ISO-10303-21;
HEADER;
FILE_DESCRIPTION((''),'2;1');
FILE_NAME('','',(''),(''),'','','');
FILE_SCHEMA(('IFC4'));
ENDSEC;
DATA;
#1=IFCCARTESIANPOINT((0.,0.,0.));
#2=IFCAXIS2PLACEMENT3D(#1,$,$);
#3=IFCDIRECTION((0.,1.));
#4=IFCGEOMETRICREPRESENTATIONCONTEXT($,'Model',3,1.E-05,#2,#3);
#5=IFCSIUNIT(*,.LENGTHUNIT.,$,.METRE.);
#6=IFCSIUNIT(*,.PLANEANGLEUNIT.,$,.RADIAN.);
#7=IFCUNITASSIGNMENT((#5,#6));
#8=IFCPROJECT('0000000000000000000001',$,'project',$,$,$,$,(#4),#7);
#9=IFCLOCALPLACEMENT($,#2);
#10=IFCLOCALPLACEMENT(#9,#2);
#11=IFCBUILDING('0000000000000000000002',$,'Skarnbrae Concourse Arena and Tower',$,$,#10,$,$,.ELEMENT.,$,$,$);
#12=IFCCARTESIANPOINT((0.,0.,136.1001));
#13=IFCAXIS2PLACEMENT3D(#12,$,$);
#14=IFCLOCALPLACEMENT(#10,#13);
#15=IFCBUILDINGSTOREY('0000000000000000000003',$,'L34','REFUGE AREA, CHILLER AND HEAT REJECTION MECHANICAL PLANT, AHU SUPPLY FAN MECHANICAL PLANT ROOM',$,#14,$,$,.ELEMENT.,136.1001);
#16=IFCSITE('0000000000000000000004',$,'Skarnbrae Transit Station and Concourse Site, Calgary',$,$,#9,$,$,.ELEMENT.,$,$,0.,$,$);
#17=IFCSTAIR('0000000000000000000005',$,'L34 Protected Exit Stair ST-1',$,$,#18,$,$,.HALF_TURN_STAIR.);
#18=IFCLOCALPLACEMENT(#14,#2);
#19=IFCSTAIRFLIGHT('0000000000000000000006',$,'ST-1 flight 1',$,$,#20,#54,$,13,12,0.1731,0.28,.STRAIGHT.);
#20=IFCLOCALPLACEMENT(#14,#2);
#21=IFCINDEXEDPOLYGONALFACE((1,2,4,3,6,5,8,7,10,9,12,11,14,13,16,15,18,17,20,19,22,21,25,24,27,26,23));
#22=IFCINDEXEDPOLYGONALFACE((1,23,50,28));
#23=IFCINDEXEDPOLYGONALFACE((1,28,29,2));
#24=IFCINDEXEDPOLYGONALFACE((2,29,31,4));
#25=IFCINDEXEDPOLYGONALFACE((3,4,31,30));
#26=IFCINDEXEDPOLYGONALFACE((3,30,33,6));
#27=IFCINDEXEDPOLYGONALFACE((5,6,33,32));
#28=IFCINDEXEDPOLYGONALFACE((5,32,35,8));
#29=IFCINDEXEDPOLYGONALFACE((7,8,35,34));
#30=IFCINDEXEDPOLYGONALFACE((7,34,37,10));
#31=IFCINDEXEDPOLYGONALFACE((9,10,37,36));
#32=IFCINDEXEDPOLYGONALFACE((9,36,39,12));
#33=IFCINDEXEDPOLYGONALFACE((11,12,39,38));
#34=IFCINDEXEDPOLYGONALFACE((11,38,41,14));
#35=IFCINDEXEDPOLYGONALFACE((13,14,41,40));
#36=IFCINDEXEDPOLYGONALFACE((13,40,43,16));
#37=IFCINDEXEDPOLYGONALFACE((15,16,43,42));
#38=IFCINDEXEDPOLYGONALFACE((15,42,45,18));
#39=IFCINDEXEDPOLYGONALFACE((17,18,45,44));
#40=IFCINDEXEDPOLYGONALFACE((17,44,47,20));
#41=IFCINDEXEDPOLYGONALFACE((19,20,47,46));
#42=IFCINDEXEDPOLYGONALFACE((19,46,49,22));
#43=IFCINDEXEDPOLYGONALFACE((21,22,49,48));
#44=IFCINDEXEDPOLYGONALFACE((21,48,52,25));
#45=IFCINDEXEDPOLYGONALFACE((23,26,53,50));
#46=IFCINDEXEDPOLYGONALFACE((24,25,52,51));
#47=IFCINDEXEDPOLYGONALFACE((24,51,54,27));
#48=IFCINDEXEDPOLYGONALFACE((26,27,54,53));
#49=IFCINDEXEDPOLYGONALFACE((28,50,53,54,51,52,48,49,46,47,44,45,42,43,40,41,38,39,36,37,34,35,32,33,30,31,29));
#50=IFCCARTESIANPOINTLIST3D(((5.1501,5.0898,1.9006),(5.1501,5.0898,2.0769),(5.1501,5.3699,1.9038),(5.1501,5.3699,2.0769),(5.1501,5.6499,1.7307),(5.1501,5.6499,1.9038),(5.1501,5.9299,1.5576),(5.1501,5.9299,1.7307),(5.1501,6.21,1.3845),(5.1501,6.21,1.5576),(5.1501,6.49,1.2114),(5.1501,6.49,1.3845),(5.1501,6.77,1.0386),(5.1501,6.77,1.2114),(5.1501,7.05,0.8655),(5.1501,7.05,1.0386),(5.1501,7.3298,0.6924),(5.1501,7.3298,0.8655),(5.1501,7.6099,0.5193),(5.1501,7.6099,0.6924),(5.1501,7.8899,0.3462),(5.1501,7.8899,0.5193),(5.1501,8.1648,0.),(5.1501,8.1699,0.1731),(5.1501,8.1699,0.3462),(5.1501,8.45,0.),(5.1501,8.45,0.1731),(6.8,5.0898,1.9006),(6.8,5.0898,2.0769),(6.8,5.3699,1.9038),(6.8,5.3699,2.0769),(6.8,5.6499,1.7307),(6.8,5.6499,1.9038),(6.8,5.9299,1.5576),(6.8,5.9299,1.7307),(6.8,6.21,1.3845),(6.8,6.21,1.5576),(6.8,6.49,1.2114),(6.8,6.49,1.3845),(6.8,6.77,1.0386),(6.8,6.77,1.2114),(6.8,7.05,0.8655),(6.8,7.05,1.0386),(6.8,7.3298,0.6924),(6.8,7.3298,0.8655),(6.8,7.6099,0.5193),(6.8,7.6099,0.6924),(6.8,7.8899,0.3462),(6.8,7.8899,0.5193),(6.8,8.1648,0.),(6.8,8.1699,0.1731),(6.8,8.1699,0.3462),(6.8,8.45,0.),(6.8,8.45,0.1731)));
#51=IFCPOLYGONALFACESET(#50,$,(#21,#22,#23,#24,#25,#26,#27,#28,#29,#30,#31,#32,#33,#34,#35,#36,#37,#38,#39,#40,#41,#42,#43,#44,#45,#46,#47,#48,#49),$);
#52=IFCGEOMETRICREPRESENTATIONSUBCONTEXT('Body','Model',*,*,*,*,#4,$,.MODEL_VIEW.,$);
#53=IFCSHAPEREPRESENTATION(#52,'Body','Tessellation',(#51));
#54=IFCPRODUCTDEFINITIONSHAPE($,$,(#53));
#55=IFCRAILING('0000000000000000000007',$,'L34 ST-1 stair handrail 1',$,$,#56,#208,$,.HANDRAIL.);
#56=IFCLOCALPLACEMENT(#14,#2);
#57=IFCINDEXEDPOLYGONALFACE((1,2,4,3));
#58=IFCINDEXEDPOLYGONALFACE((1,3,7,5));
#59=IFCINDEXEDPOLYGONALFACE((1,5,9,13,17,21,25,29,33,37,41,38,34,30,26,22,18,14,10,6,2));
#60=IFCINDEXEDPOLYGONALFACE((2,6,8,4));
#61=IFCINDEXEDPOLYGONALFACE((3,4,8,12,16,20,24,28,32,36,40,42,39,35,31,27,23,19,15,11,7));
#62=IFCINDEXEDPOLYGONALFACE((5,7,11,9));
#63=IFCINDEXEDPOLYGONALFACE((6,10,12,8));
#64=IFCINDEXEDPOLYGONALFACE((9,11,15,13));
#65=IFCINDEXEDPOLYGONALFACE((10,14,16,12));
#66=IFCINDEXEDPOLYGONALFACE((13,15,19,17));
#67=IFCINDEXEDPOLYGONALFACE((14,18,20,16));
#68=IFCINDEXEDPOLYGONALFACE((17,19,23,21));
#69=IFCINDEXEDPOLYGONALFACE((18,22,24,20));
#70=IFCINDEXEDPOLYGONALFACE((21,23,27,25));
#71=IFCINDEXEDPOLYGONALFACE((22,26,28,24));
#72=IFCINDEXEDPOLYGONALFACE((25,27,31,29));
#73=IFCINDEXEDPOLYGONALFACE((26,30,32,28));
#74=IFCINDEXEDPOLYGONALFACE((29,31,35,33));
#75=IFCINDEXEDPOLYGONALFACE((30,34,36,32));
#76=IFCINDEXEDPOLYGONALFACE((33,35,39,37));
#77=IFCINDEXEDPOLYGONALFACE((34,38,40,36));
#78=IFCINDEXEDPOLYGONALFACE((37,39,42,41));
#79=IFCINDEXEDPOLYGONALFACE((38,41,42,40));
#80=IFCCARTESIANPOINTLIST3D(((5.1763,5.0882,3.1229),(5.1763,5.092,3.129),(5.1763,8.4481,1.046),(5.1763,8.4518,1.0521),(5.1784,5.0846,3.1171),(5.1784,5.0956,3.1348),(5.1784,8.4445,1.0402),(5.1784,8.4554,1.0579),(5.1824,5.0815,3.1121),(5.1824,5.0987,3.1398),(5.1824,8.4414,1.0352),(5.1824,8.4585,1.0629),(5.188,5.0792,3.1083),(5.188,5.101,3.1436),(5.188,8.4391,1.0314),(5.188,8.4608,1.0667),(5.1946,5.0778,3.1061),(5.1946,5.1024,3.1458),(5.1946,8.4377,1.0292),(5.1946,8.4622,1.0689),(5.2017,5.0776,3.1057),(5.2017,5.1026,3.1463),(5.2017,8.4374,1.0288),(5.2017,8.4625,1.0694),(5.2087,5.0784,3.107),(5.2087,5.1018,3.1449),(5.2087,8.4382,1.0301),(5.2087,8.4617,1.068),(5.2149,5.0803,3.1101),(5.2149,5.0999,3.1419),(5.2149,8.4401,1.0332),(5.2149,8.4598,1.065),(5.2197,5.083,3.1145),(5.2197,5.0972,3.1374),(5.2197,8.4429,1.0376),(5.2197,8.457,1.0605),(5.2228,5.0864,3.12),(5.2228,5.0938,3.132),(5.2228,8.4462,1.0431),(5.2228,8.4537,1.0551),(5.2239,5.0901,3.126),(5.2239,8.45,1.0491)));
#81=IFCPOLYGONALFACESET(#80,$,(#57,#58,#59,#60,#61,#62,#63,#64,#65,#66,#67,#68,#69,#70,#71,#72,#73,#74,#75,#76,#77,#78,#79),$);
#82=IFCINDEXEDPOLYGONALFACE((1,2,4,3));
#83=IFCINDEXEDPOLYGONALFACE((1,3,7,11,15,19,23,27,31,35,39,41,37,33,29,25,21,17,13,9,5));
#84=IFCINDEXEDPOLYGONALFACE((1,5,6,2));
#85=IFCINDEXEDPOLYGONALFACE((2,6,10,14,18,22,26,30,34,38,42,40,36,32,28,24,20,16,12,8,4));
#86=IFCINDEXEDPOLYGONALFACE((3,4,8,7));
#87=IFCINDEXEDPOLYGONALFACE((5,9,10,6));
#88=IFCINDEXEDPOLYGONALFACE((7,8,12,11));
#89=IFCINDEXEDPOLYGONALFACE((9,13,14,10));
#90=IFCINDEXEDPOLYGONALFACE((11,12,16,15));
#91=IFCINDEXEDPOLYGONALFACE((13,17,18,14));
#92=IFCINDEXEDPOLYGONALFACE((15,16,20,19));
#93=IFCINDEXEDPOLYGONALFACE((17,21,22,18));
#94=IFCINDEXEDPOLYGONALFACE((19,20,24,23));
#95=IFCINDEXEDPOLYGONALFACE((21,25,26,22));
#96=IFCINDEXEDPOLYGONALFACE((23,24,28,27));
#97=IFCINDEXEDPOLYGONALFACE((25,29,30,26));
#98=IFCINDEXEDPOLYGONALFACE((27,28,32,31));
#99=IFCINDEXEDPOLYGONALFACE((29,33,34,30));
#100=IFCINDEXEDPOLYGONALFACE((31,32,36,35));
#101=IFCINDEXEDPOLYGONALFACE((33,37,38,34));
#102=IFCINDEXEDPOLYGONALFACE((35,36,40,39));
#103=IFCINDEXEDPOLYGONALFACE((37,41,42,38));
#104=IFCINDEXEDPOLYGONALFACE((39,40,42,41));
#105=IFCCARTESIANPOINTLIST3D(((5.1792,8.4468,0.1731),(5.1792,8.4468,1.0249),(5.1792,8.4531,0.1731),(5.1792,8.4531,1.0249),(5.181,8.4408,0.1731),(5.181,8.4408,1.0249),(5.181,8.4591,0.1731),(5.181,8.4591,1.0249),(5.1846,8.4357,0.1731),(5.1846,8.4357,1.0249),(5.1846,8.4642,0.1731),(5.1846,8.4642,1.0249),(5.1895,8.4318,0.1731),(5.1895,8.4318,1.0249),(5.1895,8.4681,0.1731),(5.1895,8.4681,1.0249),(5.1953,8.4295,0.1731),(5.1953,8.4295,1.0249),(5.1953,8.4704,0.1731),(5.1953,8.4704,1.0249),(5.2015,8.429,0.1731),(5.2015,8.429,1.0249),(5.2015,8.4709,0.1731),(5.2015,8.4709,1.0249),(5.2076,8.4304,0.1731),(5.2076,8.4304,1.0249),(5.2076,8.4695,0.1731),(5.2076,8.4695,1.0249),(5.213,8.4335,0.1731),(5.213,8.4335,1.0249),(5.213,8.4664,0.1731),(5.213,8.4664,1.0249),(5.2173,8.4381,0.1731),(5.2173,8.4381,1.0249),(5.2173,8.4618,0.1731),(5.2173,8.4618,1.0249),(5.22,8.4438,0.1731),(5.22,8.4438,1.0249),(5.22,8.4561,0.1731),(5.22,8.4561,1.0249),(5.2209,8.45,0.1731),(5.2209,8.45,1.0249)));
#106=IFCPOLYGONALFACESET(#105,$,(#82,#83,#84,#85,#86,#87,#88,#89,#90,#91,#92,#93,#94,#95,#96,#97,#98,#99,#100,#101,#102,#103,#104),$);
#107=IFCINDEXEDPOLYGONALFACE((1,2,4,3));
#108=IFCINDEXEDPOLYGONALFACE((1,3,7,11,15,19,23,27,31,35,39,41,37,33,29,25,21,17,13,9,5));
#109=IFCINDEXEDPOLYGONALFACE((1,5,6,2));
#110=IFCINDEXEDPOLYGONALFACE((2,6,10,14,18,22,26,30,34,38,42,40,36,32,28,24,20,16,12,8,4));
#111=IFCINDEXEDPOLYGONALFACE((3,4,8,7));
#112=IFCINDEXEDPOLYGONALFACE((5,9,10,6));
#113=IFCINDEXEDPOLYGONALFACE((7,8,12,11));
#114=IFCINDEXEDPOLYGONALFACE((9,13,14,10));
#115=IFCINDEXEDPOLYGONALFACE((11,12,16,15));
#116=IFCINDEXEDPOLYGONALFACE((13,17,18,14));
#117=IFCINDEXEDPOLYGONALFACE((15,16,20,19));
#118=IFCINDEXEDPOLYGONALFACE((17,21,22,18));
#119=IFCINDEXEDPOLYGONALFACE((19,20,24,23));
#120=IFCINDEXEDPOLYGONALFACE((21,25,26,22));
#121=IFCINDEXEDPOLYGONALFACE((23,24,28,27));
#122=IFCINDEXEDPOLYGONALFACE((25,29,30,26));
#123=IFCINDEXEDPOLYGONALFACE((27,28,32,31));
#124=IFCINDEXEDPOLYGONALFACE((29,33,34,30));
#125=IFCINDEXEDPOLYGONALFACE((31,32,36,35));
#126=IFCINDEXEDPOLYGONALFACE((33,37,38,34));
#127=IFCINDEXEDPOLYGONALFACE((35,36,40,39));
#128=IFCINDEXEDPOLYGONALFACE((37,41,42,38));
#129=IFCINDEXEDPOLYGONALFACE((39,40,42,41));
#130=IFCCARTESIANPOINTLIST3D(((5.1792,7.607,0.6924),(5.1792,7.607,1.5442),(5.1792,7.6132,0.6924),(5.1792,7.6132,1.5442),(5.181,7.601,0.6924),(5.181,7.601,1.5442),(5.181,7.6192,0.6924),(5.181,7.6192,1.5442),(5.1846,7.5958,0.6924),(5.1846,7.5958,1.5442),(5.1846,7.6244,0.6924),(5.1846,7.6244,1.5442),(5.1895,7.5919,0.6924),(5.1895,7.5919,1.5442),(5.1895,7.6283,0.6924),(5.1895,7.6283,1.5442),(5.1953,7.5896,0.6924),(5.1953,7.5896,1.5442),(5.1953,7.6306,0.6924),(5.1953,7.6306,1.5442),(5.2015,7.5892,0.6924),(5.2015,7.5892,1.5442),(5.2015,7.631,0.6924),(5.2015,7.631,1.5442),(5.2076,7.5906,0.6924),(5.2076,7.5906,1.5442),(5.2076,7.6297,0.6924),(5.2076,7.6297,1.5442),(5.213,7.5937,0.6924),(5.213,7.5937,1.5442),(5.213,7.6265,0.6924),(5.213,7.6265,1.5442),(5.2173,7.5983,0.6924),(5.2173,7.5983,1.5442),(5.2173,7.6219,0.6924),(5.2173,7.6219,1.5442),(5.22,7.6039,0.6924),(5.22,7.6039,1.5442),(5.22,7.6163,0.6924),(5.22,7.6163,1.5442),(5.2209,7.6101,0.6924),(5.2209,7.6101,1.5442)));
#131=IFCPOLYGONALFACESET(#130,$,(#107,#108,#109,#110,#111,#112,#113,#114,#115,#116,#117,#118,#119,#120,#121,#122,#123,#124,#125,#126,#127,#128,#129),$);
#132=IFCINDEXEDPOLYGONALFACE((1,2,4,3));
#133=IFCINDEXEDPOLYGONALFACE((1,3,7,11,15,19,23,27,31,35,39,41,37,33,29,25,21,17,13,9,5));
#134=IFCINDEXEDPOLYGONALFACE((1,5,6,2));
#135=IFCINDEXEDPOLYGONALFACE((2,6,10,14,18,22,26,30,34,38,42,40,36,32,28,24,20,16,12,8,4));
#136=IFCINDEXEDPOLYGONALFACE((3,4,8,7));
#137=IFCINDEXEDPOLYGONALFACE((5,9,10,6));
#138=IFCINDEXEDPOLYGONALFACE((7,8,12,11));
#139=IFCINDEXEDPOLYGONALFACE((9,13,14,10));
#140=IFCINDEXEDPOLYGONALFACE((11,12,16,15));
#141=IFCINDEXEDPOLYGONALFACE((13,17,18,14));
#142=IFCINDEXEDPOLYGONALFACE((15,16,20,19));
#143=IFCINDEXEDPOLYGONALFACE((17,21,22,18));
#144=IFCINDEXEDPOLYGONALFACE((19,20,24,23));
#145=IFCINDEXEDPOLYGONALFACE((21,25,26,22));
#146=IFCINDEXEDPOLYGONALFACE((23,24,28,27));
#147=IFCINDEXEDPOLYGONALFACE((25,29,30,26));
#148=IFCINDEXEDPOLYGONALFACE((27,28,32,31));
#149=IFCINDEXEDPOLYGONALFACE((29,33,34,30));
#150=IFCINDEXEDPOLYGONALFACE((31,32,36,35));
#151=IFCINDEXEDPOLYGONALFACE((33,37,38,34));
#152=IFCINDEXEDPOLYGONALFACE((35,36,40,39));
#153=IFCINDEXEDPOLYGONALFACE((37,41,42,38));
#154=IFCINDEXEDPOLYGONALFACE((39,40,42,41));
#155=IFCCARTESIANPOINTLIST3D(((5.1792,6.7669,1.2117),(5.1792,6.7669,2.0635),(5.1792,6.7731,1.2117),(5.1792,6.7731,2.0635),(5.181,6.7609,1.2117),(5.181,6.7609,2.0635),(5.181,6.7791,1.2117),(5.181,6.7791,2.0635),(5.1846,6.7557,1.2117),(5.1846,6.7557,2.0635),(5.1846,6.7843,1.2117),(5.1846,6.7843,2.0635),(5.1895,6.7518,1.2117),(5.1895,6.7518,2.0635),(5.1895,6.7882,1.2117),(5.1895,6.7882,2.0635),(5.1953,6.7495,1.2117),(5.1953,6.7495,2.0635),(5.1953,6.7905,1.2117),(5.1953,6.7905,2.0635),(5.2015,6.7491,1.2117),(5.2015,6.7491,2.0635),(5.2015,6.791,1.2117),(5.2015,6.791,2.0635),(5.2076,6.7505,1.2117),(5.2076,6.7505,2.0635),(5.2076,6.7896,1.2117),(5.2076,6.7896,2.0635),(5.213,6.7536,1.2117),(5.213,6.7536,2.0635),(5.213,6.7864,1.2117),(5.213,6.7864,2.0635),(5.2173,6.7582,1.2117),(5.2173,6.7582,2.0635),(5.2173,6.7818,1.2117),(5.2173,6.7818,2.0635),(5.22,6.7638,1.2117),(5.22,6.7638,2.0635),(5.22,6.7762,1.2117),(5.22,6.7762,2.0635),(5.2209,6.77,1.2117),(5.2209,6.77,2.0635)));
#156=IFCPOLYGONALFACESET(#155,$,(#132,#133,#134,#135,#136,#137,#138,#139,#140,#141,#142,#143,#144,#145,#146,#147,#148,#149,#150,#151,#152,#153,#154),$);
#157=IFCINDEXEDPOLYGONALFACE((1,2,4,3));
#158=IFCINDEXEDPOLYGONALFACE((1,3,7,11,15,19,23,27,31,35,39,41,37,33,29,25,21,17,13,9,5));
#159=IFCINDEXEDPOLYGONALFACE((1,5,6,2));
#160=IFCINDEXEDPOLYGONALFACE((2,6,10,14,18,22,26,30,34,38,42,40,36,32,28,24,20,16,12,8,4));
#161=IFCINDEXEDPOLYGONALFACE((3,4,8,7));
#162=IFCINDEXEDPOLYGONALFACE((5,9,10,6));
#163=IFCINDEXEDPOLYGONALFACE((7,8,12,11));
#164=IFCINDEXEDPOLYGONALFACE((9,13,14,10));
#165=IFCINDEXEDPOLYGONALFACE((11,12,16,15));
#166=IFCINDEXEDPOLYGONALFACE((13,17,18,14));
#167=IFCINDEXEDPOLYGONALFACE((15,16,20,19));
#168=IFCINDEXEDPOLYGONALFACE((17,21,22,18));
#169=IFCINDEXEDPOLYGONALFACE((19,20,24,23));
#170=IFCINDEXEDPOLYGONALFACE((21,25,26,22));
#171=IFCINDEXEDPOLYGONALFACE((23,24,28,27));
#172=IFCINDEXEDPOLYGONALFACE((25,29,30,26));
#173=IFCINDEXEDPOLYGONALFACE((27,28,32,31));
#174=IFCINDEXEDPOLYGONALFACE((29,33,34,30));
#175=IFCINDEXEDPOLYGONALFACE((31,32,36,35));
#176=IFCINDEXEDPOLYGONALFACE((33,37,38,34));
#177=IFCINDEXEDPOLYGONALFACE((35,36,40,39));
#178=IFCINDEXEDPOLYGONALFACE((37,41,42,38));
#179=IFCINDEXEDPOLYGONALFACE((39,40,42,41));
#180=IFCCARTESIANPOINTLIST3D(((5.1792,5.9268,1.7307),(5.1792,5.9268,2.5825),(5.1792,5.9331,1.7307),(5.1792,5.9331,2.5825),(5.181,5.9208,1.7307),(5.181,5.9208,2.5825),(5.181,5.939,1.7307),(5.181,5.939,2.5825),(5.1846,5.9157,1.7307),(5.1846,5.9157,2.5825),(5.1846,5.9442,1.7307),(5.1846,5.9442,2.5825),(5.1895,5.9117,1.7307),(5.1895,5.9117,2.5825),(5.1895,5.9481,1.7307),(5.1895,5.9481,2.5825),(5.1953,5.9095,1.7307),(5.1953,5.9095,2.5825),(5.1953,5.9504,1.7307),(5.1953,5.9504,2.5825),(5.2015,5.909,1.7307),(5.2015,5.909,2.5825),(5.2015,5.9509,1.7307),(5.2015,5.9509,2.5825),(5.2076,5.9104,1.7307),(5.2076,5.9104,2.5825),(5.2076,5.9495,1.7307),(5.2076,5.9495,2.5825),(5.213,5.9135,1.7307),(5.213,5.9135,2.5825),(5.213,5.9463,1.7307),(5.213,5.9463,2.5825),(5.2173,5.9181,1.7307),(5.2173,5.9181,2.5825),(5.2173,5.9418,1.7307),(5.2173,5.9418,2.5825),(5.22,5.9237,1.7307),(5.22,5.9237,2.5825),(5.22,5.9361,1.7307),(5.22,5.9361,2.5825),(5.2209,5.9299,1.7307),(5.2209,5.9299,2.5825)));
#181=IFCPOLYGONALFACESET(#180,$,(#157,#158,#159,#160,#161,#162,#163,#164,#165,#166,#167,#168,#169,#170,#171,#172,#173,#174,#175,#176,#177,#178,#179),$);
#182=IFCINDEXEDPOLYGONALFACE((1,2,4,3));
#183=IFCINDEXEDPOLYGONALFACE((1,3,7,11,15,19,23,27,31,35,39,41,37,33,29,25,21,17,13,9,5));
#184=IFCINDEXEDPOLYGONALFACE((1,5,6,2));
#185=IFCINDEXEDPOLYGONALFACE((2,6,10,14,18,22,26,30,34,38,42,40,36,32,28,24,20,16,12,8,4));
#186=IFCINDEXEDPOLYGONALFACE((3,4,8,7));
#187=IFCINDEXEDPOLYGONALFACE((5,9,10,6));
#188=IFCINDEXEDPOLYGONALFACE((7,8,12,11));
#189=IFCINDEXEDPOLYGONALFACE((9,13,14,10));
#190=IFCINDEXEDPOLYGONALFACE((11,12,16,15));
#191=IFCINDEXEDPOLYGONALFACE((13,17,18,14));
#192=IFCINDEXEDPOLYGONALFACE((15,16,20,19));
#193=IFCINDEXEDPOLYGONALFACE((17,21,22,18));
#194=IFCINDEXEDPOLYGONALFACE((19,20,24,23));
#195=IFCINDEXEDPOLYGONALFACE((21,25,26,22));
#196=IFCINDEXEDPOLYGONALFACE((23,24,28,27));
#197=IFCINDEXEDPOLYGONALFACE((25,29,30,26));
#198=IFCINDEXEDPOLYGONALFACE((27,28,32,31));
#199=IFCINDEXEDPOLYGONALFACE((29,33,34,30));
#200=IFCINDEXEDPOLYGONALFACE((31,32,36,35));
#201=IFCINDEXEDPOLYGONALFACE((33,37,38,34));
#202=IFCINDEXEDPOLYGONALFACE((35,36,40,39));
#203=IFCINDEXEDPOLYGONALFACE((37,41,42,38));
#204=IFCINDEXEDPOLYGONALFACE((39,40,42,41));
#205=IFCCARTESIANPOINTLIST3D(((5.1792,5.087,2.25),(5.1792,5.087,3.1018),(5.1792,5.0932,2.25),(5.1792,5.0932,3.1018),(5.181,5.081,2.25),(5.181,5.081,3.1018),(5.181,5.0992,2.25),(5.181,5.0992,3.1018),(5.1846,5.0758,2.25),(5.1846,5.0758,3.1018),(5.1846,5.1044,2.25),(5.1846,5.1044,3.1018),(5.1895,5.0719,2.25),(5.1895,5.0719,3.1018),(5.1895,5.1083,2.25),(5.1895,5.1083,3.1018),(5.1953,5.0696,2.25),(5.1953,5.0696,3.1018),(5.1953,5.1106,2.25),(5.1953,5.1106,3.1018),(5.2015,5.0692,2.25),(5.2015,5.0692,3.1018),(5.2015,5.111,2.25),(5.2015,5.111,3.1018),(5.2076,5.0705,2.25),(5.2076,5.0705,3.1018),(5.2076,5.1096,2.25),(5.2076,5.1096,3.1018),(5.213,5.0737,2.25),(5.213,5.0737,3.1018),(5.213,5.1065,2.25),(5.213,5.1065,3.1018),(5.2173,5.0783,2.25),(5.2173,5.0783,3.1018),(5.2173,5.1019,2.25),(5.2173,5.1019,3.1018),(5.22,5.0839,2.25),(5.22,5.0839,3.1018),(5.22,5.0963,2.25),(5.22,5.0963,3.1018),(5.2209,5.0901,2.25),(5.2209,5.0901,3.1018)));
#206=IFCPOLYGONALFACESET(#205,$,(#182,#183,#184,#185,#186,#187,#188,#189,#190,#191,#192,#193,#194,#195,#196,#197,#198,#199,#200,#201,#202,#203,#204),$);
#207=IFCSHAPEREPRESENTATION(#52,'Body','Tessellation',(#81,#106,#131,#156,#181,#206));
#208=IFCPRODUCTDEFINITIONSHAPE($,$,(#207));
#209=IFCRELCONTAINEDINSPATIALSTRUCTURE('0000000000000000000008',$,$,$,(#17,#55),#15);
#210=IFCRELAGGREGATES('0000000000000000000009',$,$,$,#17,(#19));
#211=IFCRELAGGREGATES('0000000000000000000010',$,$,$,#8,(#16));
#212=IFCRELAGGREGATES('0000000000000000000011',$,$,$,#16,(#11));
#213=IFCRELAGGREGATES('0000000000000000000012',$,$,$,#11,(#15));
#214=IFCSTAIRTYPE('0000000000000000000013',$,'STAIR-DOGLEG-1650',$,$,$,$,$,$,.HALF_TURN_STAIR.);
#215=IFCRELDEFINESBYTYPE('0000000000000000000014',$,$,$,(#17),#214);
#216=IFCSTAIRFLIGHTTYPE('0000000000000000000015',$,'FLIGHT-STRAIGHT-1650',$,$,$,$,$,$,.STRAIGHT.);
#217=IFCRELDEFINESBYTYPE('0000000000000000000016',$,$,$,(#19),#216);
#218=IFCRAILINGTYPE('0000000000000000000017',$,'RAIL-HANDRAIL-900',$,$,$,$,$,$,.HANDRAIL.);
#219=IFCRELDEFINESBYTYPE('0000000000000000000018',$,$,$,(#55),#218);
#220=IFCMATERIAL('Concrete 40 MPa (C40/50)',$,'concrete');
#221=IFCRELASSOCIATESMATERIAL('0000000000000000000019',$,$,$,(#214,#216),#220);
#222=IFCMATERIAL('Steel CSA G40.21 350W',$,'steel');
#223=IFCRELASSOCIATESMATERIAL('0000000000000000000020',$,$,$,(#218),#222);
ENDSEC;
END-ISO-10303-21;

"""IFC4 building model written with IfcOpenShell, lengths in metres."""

from ifc_helpers import new_model, si_unit, direction, frame, origin, origin_2d, place, context, subcontext, project, spatial, polyline, circle, outline, extrude, source, transform, mapped, material, type_object, element, aggregate, save


model = new_model("IFC4")

# Units and contexts
model_context = context("Model", 3, precision=1e-05, world=origin(), true_north=direction((0.0, 1.0)))
body_context = subcontext(model_context, "Body", "Model", "MODEL_VIEW")
ifc_project = project(units=[si_unit("LENGTHUNIT", "METRE"), si_unit("PLANEANGLEUNIT", "RADIAN")], contexts=[model_context])

# Site, building, storey
site_placement = place(None, origin())
site = spatial("IfcSite", under=ifc_project, at=site_placement, Name="Skarnbrae Transit Station and Concourse Site, Calgary", CompositionType="ELEMENT", RefElevation=0.0)
building_placement = place(site_placement, origin())
building = spatial("IfcBuilding", under=site, at=building_placement, Name="Skarnbrae Concourse Arena and Tower", CompositionType="ELEMENT")
storey_placement = place(building_placement, frame((0.0, 0.0, 136.1001)))
storey = spatial("IfcBuildingStorey", under=building, at=storey_placement, Name="L34", Description="REFUGE AREA, CHILLER AND HEAT REJECTION MECHANICAL PLANT, AHU SUPPLY FAN MECHANICAL PLANT ROOM", CompositionType="ELEMENT", Elevation=136.1001)

# Shared definitions
ifc_material_1 = material(Name="Steel CSA G40.21 350W", Category="steel")

# Stair
ifc_material_2 = material(Name="Concrete 40 MPa (C40/50)", Category="concrete")
stair_type = type_object("IfcStairType", Name="STAIR-DOGLEG-1650", PredefinedType="HALF_TURN_STAIR", material=ifc_material_2)
stair_1_placement = place(storey_placement, origin())
stair_1 = element("IfcStair", 1, at=stair_1_placement, inside=storey, type_object=stair_type, Name="L34 Protected Exit Stair ST-1", PredefinedType="HALF_TURN_STAIR")

# Stair flight
stair_flight_type = type_object("IfcStairFlightType", Name="FLIGHT-STRAIGHT-1650", PredefinedType="STRAIGHT", material=ifc_material_2)
shared_shape_1 = source(origin(), body_context, "Body", "SweptSolid", [
    extrude(outline(polyline([(0.0, 0.0), (0.0, 0.1731), (0.28, 0.1731), (0.28, 0.3462), (0.5601, 0.3462), (0.5601, 0.5193), (0.8401, 0.5193), (0.8401, 0.6924), (1.1201, 0.6924), (1.1201, 0.8655), (1.3999, 0.8655), (1.3999, 1.0386), (1.6799, 1.0386), (1.6799, 1.2114), (1.96, 1.2114), (1.96, 1.3845), (2.24, 1.3845), (2.24, 1.5576), (2.52, 1.5576), (2.52, 1.7307), (2.8, 1.7307), (2.8, 1.9038), (3.0801, 1.9038), (3.0801, 2.0769), (3.3601, 2.0769), (3.3601, 2.25), (3.3601, 1.9006), (0.2852, 0.0), (0.0, 0.0)])), frame((0.0, 0.825, 0.0), z_axis=(0.0, -1.0, 0.0), x_axis=(1.0, 0.0, 0.0)), (0.0, 0.0, 1.0), 1.6499),
])
stair_flight_placement = place(storey_placement, frame((5.9751, 8.45, 0.0), z_axis=(0.0, 0.0, 1.0), x_axis=(0.0, -1.0, 0.0)))
stair_flight = element("IfcStairFlight", 2, at=stair_flight_placement, type_object=stair_flight_type, Name="ST-1 flight 1", NumberOfRisers=13, NumberOfTreads=12, PredefinedType="STRAIGHT", RiserHeight=0.1731, TreadLength=0.28, context=body_context, shape_type="MappedRepresentation", body=[
    mapped(shared_shape_1, transform((0.0, 0.0, 0.0))),
])
aggregate(stair_1, [stair_flight])

# Railing
railing_type_1 = type_object("IfcRailingType", Name="RAIL-HANDRAIL-900", PredefinedType="HANDRAIL", material=ifc_material_1)
railing_1_placement = place(storey_placement, frame((5.2, 8.45, 0.1731)))
element("IfcRailing", 3, at=railing_1_placement, inside=storey, type_object=railing_type_1, Name="L34 ST-1 stair handrail 1", PredefinedType="HANDRAIL", context=body_context, shape_type="SweptSolid", body=[
    extrude(circle(Radius=0.0239, at=origin_2d()), frame((0.0, 0.0, 0.876), z_axis=(0.0, -0.850606, 0.525803), x_axis=(1.0, 0.0, 0.0)), (0.0, 0.0, 1.0), 3.95),
    extrude(circle(Radius=0.021, at=origin_2d()), origin(), (0.0, 0.0, 1.0), 0.8518),
    extrude(circle(Radius=0.021, at=origin_2d()), frame((0.0, -0.8398, 0.5193)), (0.0, 0.0, 1.0), 0.8518),
    extrude(circle(Radius=0.021, at=origin_2d()), frame((0.0, -1.6799, 1.0386)), (0.0, 0.0, 1.0), 0.8518),
    extrude(circle(Radius=0.021, at=origin_2d()), frame((0.0, -2.52, 1.5576)), (0.0, 0.0, 1.0), 0.8518),
    extrude(circle(Radius=0.021, at=origin_2d()), frame((0.0, -3.3599, 2.0769)), (0.0, 0.0, 1.0), 0.8518),
])

save(model, "model.ifc")
